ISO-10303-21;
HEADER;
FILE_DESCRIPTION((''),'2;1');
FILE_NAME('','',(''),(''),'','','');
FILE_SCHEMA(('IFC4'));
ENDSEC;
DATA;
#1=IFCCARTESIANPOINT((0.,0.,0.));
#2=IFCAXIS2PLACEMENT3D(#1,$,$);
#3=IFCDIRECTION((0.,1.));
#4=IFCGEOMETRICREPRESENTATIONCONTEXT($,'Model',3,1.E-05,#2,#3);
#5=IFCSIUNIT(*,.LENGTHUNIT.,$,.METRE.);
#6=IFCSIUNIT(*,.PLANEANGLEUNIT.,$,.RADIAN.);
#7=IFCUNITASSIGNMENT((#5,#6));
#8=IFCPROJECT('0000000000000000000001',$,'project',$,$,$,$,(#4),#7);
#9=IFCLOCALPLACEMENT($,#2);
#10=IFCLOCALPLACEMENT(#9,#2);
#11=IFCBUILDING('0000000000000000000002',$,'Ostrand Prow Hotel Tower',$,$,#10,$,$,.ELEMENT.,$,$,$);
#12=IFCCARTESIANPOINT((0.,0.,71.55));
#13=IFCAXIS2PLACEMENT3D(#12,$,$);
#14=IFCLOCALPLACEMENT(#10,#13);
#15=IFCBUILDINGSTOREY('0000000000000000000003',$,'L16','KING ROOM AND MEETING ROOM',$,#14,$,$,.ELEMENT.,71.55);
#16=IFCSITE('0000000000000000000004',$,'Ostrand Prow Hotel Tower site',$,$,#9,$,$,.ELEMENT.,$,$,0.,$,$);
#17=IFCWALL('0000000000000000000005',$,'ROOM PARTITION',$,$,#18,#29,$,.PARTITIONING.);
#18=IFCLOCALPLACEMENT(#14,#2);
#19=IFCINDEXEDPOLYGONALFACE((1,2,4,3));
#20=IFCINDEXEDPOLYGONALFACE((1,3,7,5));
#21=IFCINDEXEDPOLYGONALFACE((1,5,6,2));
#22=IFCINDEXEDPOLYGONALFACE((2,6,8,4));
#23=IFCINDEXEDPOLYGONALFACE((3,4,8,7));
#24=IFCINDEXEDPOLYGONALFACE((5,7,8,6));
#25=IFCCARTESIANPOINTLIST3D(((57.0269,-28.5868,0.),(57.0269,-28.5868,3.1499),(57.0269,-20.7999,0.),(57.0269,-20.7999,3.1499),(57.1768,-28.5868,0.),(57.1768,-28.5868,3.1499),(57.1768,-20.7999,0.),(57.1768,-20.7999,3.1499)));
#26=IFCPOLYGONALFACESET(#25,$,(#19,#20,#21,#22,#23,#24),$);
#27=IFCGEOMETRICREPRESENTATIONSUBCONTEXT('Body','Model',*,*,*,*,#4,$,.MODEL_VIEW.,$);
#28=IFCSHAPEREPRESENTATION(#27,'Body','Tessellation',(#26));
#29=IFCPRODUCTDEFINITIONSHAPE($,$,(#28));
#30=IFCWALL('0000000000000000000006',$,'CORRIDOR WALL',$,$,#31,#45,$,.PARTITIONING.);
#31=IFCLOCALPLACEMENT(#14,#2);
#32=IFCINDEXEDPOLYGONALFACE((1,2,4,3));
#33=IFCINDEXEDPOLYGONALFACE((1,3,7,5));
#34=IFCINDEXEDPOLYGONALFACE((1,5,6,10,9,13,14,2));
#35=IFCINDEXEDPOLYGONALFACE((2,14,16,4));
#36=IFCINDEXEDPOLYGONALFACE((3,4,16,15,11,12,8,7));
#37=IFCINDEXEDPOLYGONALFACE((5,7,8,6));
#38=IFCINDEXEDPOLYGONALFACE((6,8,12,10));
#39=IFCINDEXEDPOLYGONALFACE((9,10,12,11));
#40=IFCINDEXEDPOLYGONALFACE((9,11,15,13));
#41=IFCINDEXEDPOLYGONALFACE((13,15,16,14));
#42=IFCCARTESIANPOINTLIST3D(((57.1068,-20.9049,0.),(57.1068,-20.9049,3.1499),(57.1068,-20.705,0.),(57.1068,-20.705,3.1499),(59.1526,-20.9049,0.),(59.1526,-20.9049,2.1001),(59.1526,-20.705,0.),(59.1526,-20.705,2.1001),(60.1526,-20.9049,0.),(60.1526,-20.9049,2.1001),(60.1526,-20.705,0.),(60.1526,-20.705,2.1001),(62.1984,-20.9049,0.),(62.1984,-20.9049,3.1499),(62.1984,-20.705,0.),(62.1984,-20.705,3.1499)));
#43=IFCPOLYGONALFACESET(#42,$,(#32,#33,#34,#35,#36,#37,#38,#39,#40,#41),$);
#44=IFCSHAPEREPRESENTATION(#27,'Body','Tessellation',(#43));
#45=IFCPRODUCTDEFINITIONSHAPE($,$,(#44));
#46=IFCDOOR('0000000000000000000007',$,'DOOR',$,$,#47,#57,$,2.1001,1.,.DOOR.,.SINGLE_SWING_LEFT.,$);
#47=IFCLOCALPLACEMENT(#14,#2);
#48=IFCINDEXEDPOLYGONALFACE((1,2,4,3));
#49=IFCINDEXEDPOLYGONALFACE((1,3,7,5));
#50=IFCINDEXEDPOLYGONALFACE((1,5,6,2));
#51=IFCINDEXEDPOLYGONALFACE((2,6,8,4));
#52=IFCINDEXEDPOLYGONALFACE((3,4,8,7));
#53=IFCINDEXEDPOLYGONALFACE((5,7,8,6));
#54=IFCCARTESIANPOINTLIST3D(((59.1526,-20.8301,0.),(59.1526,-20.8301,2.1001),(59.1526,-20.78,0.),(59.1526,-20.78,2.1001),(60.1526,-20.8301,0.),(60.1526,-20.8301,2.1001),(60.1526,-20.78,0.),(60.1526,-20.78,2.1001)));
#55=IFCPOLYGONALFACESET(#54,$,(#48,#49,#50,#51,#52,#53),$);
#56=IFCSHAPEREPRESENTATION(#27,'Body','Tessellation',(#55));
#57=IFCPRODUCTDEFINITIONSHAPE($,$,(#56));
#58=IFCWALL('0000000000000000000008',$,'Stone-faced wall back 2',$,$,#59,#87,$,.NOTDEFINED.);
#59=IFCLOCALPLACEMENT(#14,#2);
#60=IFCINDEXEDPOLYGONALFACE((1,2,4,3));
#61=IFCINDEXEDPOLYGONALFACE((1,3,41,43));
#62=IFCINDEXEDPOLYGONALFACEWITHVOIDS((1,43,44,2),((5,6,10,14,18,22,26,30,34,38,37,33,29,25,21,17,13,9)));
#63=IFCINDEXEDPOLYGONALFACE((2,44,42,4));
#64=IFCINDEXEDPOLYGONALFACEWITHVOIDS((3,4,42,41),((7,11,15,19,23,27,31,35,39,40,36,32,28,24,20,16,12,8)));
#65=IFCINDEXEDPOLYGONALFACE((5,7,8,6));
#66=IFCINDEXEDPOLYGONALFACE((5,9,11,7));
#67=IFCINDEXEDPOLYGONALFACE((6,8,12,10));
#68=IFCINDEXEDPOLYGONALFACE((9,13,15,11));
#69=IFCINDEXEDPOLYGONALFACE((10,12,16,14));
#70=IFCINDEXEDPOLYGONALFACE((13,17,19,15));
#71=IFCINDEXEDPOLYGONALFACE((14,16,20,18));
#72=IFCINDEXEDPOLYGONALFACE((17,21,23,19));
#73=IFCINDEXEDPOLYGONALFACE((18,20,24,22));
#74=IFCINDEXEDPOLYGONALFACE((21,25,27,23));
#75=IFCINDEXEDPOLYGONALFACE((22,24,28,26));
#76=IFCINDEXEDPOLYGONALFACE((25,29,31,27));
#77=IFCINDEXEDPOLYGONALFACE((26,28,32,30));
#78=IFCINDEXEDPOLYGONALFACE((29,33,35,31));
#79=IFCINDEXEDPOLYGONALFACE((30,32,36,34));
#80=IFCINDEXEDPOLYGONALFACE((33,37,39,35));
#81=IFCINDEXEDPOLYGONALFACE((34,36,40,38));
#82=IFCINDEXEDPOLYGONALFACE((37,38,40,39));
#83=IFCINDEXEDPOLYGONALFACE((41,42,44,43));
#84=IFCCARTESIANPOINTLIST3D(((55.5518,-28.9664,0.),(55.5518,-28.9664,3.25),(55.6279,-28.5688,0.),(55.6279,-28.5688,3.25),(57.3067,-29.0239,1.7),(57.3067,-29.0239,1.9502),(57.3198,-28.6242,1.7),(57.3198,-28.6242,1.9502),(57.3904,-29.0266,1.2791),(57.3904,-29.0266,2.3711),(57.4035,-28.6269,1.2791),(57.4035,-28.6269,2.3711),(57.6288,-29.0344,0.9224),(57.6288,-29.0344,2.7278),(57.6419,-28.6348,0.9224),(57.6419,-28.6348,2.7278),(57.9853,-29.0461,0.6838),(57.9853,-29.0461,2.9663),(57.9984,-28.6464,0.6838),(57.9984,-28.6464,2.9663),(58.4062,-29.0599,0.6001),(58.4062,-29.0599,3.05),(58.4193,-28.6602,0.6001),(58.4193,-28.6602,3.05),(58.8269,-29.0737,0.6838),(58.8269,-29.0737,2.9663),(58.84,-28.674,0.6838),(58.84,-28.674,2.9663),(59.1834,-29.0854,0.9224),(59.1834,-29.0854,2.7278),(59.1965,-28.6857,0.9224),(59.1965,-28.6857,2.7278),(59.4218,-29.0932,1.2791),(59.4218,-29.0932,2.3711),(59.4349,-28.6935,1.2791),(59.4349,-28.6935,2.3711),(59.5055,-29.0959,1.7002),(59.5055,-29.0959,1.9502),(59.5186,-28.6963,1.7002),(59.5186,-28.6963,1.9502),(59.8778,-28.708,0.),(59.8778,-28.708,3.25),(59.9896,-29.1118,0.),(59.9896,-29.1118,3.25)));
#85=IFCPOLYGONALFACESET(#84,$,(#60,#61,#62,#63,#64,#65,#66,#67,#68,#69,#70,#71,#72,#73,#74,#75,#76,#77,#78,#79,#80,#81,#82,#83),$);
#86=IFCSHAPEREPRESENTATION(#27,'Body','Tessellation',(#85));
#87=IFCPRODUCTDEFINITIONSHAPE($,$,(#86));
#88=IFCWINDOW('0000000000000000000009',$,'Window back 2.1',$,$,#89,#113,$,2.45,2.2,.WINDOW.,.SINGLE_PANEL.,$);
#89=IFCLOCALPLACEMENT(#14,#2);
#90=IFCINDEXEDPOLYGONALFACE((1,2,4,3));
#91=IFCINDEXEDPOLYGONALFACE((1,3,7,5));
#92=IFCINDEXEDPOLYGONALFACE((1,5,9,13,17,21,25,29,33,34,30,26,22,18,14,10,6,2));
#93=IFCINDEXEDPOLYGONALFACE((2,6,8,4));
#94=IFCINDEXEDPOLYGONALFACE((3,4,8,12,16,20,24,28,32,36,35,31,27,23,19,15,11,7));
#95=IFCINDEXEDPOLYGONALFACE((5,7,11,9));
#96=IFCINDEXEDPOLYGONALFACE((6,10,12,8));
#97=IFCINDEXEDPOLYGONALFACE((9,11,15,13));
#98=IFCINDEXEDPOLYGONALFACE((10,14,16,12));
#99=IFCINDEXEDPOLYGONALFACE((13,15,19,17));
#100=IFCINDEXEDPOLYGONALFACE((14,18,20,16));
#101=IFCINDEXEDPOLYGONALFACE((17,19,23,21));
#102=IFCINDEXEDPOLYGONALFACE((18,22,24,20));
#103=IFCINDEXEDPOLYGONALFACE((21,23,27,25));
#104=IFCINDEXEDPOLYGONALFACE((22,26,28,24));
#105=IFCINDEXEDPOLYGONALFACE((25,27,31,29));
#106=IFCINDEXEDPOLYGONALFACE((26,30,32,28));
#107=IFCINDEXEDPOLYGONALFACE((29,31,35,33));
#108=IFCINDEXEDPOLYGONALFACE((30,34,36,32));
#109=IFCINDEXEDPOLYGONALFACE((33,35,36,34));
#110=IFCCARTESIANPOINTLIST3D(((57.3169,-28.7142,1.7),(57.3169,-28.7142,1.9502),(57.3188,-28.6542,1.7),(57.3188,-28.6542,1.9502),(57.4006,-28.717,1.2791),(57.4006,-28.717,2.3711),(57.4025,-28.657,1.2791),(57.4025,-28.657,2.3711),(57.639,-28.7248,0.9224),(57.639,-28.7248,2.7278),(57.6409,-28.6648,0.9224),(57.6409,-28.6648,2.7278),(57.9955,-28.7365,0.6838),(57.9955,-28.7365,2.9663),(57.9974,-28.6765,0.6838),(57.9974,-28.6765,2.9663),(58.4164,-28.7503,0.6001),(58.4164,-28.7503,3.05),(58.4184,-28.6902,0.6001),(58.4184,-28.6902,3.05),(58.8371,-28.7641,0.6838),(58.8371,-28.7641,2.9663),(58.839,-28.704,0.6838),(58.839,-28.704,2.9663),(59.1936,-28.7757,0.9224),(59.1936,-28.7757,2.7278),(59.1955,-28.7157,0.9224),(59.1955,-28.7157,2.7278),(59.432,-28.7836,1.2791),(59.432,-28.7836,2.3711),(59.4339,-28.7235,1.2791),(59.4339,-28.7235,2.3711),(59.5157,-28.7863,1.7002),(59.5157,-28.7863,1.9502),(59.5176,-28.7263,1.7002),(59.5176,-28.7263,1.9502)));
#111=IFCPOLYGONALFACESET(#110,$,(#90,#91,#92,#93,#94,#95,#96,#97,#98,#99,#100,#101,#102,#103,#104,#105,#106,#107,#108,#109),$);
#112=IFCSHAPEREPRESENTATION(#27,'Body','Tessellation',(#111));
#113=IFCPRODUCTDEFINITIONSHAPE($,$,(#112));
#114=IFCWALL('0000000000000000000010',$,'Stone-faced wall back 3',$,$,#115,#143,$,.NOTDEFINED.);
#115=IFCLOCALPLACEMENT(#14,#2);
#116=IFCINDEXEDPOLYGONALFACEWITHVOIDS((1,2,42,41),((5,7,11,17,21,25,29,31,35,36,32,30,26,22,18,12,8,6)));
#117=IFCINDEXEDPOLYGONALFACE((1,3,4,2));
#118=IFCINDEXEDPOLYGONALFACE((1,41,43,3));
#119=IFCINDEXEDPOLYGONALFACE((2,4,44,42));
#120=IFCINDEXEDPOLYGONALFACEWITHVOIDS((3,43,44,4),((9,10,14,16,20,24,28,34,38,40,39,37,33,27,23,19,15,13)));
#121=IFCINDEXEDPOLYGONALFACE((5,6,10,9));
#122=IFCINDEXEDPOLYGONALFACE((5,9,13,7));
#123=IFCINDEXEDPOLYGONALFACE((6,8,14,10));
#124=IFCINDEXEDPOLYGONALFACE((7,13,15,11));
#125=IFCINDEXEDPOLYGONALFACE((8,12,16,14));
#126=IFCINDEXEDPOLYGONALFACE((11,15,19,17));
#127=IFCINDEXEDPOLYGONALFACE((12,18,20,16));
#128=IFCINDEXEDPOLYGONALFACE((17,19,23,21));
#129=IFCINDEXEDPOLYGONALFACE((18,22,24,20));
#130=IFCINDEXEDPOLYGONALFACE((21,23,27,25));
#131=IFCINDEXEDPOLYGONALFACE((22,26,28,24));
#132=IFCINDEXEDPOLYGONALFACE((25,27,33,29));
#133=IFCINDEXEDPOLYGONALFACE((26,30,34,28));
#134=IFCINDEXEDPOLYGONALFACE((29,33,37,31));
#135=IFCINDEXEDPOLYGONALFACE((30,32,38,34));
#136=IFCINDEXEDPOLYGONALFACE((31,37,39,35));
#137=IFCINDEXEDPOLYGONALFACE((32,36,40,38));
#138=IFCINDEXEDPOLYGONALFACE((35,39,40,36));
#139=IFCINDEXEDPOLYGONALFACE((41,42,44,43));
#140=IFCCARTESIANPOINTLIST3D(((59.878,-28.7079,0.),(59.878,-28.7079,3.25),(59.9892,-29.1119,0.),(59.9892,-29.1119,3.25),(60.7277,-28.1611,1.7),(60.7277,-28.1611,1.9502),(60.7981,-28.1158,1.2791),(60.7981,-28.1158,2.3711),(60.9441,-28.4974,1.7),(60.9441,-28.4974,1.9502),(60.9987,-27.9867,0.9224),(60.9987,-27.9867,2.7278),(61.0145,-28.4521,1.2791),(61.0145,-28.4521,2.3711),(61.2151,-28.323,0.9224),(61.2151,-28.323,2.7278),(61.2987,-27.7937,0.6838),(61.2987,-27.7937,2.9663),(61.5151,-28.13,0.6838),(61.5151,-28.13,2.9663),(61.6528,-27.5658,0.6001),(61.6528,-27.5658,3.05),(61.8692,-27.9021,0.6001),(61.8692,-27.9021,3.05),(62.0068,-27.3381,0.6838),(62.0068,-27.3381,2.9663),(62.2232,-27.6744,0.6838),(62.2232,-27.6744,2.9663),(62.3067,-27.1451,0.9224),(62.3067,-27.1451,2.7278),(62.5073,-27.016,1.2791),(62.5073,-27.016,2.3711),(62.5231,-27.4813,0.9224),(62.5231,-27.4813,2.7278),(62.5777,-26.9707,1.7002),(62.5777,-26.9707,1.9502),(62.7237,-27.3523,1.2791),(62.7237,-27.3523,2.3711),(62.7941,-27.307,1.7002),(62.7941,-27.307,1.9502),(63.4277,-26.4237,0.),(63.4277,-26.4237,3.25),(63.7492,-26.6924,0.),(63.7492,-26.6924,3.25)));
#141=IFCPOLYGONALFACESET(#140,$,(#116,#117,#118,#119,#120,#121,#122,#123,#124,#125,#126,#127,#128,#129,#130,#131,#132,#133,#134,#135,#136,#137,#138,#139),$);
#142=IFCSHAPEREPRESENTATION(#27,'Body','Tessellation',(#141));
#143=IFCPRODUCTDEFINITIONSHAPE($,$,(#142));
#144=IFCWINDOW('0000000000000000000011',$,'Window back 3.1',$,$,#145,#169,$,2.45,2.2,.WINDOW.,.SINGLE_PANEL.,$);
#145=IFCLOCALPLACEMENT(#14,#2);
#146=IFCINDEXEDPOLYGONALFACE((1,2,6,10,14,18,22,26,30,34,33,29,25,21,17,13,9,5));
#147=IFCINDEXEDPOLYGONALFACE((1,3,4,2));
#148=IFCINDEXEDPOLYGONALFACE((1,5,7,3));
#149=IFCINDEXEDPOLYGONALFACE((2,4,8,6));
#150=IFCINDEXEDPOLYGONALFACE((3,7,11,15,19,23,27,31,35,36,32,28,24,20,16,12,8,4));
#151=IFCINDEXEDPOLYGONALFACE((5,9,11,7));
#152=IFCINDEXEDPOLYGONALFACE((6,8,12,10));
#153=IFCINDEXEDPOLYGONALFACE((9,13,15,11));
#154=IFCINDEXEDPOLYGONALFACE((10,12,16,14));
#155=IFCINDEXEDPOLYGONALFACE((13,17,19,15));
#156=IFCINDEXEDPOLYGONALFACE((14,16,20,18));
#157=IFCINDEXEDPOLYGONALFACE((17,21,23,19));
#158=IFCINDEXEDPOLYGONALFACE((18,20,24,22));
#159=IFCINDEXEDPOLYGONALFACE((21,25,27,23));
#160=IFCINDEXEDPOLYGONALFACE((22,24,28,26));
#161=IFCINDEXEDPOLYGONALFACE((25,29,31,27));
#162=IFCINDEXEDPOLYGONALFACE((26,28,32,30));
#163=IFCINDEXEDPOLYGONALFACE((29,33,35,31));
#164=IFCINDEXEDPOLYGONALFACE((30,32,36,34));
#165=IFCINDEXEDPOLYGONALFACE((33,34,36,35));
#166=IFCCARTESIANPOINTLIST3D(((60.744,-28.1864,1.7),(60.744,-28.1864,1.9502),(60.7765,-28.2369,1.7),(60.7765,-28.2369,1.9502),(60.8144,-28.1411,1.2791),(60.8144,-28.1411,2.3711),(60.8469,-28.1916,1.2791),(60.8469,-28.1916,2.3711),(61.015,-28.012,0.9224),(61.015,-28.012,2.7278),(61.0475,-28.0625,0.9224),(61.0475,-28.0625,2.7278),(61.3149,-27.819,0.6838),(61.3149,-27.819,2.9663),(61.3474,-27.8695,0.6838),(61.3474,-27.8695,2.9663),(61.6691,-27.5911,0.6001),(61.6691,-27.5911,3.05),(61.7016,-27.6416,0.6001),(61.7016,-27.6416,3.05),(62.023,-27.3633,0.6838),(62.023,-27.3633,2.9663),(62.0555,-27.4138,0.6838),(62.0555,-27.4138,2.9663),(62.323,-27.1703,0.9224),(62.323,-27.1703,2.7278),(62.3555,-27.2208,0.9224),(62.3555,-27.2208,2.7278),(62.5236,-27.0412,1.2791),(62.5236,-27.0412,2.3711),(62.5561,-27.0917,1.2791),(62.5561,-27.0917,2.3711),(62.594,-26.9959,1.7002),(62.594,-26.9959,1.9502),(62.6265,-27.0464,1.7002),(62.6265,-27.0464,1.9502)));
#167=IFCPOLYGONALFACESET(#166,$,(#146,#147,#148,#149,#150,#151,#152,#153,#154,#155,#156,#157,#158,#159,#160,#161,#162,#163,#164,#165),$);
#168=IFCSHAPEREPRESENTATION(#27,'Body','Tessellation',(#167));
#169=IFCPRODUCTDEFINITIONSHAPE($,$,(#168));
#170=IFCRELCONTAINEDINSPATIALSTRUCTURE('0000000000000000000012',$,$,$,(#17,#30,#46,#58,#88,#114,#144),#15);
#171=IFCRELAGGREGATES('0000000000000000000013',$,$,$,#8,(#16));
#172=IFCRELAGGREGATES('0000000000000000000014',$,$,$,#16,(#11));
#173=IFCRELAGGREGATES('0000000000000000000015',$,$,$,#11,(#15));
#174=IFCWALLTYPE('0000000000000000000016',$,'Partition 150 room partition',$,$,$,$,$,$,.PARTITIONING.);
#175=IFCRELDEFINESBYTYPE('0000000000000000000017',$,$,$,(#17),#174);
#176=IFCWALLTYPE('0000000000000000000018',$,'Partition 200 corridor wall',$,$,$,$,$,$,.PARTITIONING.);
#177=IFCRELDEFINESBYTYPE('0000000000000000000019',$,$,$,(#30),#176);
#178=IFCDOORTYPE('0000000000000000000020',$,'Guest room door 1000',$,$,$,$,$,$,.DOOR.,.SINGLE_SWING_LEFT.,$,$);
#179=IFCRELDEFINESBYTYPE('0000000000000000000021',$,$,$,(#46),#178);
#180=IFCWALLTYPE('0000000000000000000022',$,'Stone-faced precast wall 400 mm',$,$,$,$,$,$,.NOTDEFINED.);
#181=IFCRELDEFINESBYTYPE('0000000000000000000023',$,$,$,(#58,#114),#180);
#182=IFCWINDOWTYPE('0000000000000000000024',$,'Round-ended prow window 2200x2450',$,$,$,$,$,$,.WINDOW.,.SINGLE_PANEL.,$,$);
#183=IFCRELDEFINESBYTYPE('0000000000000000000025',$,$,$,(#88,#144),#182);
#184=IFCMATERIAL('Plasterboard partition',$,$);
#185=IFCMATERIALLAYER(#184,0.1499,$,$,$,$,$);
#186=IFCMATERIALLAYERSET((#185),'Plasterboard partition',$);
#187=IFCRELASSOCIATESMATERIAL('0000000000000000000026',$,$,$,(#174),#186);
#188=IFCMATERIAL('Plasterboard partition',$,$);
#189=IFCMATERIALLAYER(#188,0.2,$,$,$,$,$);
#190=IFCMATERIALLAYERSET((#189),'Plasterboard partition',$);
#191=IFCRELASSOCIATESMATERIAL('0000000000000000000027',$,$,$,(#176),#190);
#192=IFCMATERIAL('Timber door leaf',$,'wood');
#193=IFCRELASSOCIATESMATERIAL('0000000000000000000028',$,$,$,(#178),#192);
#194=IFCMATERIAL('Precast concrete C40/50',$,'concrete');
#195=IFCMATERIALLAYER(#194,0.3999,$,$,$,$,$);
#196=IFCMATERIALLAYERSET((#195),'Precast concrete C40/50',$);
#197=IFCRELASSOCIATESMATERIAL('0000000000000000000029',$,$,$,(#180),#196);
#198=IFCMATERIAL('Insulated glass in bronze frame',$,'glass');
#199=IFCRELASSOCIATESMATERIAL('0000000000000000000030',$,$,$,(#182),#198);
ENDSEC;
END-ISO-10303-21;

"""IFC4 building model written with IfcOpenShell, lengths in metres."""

from ifc_helpers import new_model, si_unit, direction, frame, frame_2d, origin, place, context, subcontext, project, spatial, polyline, rectangle, outline, extrude, material, layer, layer_set, type_object, element, fill, save


model = new_model("IFC4")

# Units and contexts
model_context = context("Model", 3, precision=1e-05, world=origin(), true_north=direction((0.0, 1.0)))
body_context = subcontext(model_context, "Body", "Model", "MODEL_VIEW")
ifc_project = project(units=[si_unit("LENGTHUNIT", "METRE"), si_unit("PLANEANGLEUNIT", "RADIAN")], contexts=[model_context])

# Site, building, storey
site_placement = place(None, origin())
site = spatial("IfcSite", under=ifc_project, at=site_placement, Name="Ostrand Prow Hotel Tower site", CompositionType="ELEMENT", RefElevation=0.0)
building_placement = place(site_placement, origin())
building = spatial("IfcBuilding", under=site, at=building_placement, Name="Ostrand Prow Hotel Tower", CompositionType="ELEMENT")
storey_placement = place(building_placement, frame((0.0, 0.0, 71.55)))
storey = spatial("IfcBuildingStorey", under=building, at=storey_placement, Name="L16", Description="KING ROOM AND MEETING ROOM", CompositionType="ELEMENT", Elevation=71.55)

# Wall
ifc_material_1 = material(Name="Plasterboard partition")
ifc_layer_1 = layer(ifc_material_1, 0.1499)
ifc_layer_set_1 = layer_set([ifc_layer_1], Name="Plasterboard partition")
wall_type_1 = type_object("IfcWallType", Name="Partition 150 room partition", PredefinedType="PARTITIONING", material=ifc_layer_set_1)
wall_1_placement = place(storey_placement, frame((57.1018, -28.5869, 0.0), z_axis=(0.0, 0.0, 1.0), x_axis=(0.0, 1.0, 0.0)))
element("IfcWall", 1, at=wall_1_placement, inside=storey, type_object=wall_type_1, Name="ROOM PARTITION", PredefinedType="PARTITIONING", context=body_context, shape_type="SweptSolid", body=[
    extrude(rectangle(XDim=7.7869, YDim=0.1499, at=frame_2d((3.8936, 0.0))), origin(), (0.0, 0.0, 1.0), 3.1499),
])

# Wall, opening, door
ifc_material_2 = material(Name="Plasterboard partition")
ifc_layer_2 = layer(ifc_material_2, 0.2)
ifc_layer_set_2 = layer_set([ifc_layer_2], Name="Plasterboard partition")
wall_type_2 = type_object("IfcWallType", Name="Partition 200 corridor wall", PredefinedType="PARTITIONING", material=ifc_layer_set_2)
wall_2_placement = place(storey_placement, frame((57.1067, -20.8049, 0.0), z_axis=(0.0, 0.0, 1.0), x_axis=(1.0, 0.0, 0.0)))
wall_2 = element("IfcWall", 2, at=wall_2_placement, inside=storey, type_object=wall_type_2, Name="CORRIDOR WALL", PredefinedType="PARTITIONING", context=body_context, shape_type="SweptSolid", body=[
    extrude(rectangle(XDim=5.0916, YDim=0.2, at=frame_2d((2.5459, 0.0))), origin(), (0.0, 0.0, 1.0), 3.1499),
])
opening_1_placement = place(wall_2_placement, frame((2.0459, 0.0, 0.0)))
opening_1 = element("IfcOpeningElement", 3, at=opening_1_placement, cuts=wall_2, PredefinedType="OPENING", context=body_context, shape_type="SweptSolid", body=[
    extrude(rectangle(XDim=1.0, YDim=2.1001, at=frame_2d((0.5, 1.05))), frame((0.0, 0.1099, 0.0), z_axis=(0.0, -1.0, 0.0), x_axis=(1.0, 0.0, 0.0)), (0.0, 0.0, 1.0), 0.22),
])
ifc_material_3 = material(Name="Timber door leaf", Category="wood")
door_type_1 = type_object("IfcDoorType", Name="Guest room door 1000", OperationType="SINGLE_SWING_LEFT", PredefinedType="DOOR", material=ifc_material_3)
door_1_placement = place(opening_1_placement, origin())
door_1 = element("IfcDoor", 4, at=door_1_placement, inside=storey, type_object=door_type_1, Name="DOOR", OperationType="SINGLE_SWING_LEFT", OverallHeight=2.1001, OverallWidth=1.0, PredefinedType="DOOR", context=body_context, shape_type="SweptSolid", body=[
    extrude(rectangle(XDim=1.0, YDim=2.1001, at=frame_2d((0.5, 1.05))), frame((0.0, 0.0249, 0.0), z_axis=(0.0, -1.0, 0.0), x_axis=(1.0, 0.0, 0.0)), (0.0, 0.0, 1.0), 0.05),
])
fill(opening_1, door_1)

# Walls, openings, windows
ifc_material_4 = material(Name="Precast concrete C40/50", Category="concrete")
ifc_layer_3 = layer(ifc_material_4, 0.3999)
ifc_layer_set_3 = layer_set([ifc_layer_3], Name="Precast concrete C40/50")
wall_type_3 = type_object("IfcWallType", Name="Stone-faced precast wall 400 mm", PredefinedType="NOTDEFINED", material=ifc_layer_set_3)
wall_3_placement = place(storey_placement, frame((55.5898, -28.7676, 0.0), z_axis=(0.0, 0.0, 1.0), x_axis=(0.999464, -0.03275, 0.0)))
wall_3 = element("IfcWall", 5, at=wall_3_placement, inside=storey, type_object=wall_type_3, Name="Stone-faced wall back 2", PredefinedType="NOTDEFINED", context=body_context, shape_type="SweptSolid", body=[
    extrude(outline(polyline([(-0.0315, -0.2), (4.4087, -0.2), (4.2837, 0.2), (0.0315, 0.2), (-0.0315, -0.2)])), origin(), (0.0, 0.0, 1.0), 3.25),
])
opening_2_placement = place(wall_3_placement, frame((1.7244, 0.0, 0.6001)))
opening_2 = element("IfcOpeningElement", 6, at=opening_2_placement, cuts=wall_3, PredefinedType="OPENING", context=body_context, shape_type="SweptSolid", body=[
    extrude(outline(polyline([(0.0, 1.3501), (0.0837, 1.771), (0.3223, 2.1277), (0.679, 2.3662), (1.1001, 2.45), (1.521, 2.3662), (1.8777, 2.1277), (2.1162, 1.771), (2.2, 1.3501), (2.2, 1.1001), (2.1162, 0.679), (1.8777, 0.3223), (1.521, 0.0837), (1.1001, 0.0), (0.679, 0.0837), (0.3223, 0.3223), (0.0837, 0.679), (0.0, 1.0999), (0.0, 1.3501)])), frame((0.0, 0.21, 0.0), z_axis=(0.0, -1.0, 0.0), x_axis=(1.0, 0.0, 0.0)), (0.0, 0.0, 1.0), 0.4199),
])
ifc_material_5 = material(Name="Insulated glass in bronze frame", Category="glass")
window_type_1 = type_object("IfcWindowType", Name="Round-ended prow window 2200x2450", PartitioningType="SINGLE_PANEL", PredefinedType="WINDOW", material=ifc_material_5)
window_1_placement = place(opening_2_placement, origin())
window_1 = element("IfcWindow", 7, at=window_1_placement, inside=storey, type_object=window_type_1, Name="Window back 2.1", OverallHeight=2.45, OverallWidth=2.2, PartitioningType="SINGLE_PANEL", PredefinedType="WINDOW", context=body_context, shape_type="SweptSolid", body=[
    extrude(outline(polyline([(0.0, 1.3501), (0.0837, 1.771), (0.3223, 2.1277), (0.679, 2.3662), (1.1001, 2.45), (1.521, 2.3662), (1.8777, 2.1277), (2.1162, 1.771), (2.2, 1.3501), (2.2, 1.1001), (2.1162, 0.679), (1.8777, 0.3223), (1.521, 0.0837), (1.1001, 0.0), (0.679, 0.0837), (0.3223, 0.3223), (0.0837, 0.679), (0.0, 1.0999), (0.0, 1.3501)])), frame((0.0, 0.1699, 0.0), z_axis=(0.0, -1.0, 0.0), x_axis=(1.0, 0.0, 0.0)), (0.0, 0.0, 1.0), 0.0601),
])
fill(opening_2, window_1)
wall_4_placement = place(storey_placement, frame((59.9336, -28.9099, 0.0), z_axis=(0.0, 0.0, 1.0), x_axis=(0.840937, 0.541132, 0.0)))
wall_4 = element("IfcWall", 8, at=wall_4_placement, inside=storey, type_object=wall_type_3, Name="Stone-faced wall back 3", PredefinedType="NOTDEFINED", context=body_context, shape_type="SweptSolid", body=[
    extrude(outline(polyline([(-0.0625, -0.2), (4.4087, -0.2), (4.2837, 0.2), (0.0625, 0.2), (-0.0625, -0.2)])), origin(), (0.0, 0.0, 1.0), 3.25),
])
opening_3_placement = place(wall_4_placement, frame((1.073, 0.0, 0.6001)))
opening_3 = element("IfcOpeningElement", 9, at=opening_3_placement, cuts=wall_4, PredefinedType="OPENING", context=body_context, shape_type="SweptSolid", body=[
    extrude(outline(polyline([(0.0, 1.3501), (0.0837, 1.771), (0.3223, 2.1277), (0.679, 2.3662), (1.1001, 2.45), (1.521, 2.3662), (1.8777, 2.1277), (2.1162, 1.771), (2.2, 1.3501), (2.2, 1.1001), (2.1162, 0.679), (1.8777, 0.3223), (1.521, 0.0837), (1.1001, 0.0), (0.679, 0.0837), (0.3223, 0.3223), (0.0837, 0.679), (0.0, 1.0999), (0.0, 1.3501)])), frame((0.0, 0.21, 0.0), z_axis=(0.0, -1.0, 0.0), x_axis=(1.0, 0.0, 0.0)), (0.0, 0.0, 1.0), 0.4199),
])
window_2_placement = place(opening_3_placement, origin())
window_2 = element("IfcWindow", 10, at=window_2_placement, inside=storey, type_object=window_type_1, Name="Window back 3.1", OverallHeight=2.45, OverallWidth=2.2, PartitioningType="SINGLE_PANEL", PredefinedType="WINDOW", context=body_context, shape_type="SweptSolid", body=[
    extrude(outline(polyline([(0.0, 1.3501), (0.0837, 1.771), (0.3223, 2.1277), (0.679, 2.3662), (1.1001, 2.45), (1.521, 2.3662), (1.8777, 2.1277), (2.1162, 1.771), (2.2, 1.3501), (2.2, 1.1001), (2.1162, 0.679), (1.8777, 0.3223), (1.521, 0.0837), (1.1001, 0.0), (0.679, 0.0837), (0.3223, 0.3223), (0.0837, 0.679), (0.0, 1.0999), (0.0, 1.3501)])), frame((0.0, 0.1699, 0.0), z_axis=(0.0, -1.0, 0.0), x_axis=(1.0, 0.0, 0.0)), (0.0, 0.0, 1.0), 0.0601),
])
fill(opening_3, window_2)

save(model, "model.ifc")
